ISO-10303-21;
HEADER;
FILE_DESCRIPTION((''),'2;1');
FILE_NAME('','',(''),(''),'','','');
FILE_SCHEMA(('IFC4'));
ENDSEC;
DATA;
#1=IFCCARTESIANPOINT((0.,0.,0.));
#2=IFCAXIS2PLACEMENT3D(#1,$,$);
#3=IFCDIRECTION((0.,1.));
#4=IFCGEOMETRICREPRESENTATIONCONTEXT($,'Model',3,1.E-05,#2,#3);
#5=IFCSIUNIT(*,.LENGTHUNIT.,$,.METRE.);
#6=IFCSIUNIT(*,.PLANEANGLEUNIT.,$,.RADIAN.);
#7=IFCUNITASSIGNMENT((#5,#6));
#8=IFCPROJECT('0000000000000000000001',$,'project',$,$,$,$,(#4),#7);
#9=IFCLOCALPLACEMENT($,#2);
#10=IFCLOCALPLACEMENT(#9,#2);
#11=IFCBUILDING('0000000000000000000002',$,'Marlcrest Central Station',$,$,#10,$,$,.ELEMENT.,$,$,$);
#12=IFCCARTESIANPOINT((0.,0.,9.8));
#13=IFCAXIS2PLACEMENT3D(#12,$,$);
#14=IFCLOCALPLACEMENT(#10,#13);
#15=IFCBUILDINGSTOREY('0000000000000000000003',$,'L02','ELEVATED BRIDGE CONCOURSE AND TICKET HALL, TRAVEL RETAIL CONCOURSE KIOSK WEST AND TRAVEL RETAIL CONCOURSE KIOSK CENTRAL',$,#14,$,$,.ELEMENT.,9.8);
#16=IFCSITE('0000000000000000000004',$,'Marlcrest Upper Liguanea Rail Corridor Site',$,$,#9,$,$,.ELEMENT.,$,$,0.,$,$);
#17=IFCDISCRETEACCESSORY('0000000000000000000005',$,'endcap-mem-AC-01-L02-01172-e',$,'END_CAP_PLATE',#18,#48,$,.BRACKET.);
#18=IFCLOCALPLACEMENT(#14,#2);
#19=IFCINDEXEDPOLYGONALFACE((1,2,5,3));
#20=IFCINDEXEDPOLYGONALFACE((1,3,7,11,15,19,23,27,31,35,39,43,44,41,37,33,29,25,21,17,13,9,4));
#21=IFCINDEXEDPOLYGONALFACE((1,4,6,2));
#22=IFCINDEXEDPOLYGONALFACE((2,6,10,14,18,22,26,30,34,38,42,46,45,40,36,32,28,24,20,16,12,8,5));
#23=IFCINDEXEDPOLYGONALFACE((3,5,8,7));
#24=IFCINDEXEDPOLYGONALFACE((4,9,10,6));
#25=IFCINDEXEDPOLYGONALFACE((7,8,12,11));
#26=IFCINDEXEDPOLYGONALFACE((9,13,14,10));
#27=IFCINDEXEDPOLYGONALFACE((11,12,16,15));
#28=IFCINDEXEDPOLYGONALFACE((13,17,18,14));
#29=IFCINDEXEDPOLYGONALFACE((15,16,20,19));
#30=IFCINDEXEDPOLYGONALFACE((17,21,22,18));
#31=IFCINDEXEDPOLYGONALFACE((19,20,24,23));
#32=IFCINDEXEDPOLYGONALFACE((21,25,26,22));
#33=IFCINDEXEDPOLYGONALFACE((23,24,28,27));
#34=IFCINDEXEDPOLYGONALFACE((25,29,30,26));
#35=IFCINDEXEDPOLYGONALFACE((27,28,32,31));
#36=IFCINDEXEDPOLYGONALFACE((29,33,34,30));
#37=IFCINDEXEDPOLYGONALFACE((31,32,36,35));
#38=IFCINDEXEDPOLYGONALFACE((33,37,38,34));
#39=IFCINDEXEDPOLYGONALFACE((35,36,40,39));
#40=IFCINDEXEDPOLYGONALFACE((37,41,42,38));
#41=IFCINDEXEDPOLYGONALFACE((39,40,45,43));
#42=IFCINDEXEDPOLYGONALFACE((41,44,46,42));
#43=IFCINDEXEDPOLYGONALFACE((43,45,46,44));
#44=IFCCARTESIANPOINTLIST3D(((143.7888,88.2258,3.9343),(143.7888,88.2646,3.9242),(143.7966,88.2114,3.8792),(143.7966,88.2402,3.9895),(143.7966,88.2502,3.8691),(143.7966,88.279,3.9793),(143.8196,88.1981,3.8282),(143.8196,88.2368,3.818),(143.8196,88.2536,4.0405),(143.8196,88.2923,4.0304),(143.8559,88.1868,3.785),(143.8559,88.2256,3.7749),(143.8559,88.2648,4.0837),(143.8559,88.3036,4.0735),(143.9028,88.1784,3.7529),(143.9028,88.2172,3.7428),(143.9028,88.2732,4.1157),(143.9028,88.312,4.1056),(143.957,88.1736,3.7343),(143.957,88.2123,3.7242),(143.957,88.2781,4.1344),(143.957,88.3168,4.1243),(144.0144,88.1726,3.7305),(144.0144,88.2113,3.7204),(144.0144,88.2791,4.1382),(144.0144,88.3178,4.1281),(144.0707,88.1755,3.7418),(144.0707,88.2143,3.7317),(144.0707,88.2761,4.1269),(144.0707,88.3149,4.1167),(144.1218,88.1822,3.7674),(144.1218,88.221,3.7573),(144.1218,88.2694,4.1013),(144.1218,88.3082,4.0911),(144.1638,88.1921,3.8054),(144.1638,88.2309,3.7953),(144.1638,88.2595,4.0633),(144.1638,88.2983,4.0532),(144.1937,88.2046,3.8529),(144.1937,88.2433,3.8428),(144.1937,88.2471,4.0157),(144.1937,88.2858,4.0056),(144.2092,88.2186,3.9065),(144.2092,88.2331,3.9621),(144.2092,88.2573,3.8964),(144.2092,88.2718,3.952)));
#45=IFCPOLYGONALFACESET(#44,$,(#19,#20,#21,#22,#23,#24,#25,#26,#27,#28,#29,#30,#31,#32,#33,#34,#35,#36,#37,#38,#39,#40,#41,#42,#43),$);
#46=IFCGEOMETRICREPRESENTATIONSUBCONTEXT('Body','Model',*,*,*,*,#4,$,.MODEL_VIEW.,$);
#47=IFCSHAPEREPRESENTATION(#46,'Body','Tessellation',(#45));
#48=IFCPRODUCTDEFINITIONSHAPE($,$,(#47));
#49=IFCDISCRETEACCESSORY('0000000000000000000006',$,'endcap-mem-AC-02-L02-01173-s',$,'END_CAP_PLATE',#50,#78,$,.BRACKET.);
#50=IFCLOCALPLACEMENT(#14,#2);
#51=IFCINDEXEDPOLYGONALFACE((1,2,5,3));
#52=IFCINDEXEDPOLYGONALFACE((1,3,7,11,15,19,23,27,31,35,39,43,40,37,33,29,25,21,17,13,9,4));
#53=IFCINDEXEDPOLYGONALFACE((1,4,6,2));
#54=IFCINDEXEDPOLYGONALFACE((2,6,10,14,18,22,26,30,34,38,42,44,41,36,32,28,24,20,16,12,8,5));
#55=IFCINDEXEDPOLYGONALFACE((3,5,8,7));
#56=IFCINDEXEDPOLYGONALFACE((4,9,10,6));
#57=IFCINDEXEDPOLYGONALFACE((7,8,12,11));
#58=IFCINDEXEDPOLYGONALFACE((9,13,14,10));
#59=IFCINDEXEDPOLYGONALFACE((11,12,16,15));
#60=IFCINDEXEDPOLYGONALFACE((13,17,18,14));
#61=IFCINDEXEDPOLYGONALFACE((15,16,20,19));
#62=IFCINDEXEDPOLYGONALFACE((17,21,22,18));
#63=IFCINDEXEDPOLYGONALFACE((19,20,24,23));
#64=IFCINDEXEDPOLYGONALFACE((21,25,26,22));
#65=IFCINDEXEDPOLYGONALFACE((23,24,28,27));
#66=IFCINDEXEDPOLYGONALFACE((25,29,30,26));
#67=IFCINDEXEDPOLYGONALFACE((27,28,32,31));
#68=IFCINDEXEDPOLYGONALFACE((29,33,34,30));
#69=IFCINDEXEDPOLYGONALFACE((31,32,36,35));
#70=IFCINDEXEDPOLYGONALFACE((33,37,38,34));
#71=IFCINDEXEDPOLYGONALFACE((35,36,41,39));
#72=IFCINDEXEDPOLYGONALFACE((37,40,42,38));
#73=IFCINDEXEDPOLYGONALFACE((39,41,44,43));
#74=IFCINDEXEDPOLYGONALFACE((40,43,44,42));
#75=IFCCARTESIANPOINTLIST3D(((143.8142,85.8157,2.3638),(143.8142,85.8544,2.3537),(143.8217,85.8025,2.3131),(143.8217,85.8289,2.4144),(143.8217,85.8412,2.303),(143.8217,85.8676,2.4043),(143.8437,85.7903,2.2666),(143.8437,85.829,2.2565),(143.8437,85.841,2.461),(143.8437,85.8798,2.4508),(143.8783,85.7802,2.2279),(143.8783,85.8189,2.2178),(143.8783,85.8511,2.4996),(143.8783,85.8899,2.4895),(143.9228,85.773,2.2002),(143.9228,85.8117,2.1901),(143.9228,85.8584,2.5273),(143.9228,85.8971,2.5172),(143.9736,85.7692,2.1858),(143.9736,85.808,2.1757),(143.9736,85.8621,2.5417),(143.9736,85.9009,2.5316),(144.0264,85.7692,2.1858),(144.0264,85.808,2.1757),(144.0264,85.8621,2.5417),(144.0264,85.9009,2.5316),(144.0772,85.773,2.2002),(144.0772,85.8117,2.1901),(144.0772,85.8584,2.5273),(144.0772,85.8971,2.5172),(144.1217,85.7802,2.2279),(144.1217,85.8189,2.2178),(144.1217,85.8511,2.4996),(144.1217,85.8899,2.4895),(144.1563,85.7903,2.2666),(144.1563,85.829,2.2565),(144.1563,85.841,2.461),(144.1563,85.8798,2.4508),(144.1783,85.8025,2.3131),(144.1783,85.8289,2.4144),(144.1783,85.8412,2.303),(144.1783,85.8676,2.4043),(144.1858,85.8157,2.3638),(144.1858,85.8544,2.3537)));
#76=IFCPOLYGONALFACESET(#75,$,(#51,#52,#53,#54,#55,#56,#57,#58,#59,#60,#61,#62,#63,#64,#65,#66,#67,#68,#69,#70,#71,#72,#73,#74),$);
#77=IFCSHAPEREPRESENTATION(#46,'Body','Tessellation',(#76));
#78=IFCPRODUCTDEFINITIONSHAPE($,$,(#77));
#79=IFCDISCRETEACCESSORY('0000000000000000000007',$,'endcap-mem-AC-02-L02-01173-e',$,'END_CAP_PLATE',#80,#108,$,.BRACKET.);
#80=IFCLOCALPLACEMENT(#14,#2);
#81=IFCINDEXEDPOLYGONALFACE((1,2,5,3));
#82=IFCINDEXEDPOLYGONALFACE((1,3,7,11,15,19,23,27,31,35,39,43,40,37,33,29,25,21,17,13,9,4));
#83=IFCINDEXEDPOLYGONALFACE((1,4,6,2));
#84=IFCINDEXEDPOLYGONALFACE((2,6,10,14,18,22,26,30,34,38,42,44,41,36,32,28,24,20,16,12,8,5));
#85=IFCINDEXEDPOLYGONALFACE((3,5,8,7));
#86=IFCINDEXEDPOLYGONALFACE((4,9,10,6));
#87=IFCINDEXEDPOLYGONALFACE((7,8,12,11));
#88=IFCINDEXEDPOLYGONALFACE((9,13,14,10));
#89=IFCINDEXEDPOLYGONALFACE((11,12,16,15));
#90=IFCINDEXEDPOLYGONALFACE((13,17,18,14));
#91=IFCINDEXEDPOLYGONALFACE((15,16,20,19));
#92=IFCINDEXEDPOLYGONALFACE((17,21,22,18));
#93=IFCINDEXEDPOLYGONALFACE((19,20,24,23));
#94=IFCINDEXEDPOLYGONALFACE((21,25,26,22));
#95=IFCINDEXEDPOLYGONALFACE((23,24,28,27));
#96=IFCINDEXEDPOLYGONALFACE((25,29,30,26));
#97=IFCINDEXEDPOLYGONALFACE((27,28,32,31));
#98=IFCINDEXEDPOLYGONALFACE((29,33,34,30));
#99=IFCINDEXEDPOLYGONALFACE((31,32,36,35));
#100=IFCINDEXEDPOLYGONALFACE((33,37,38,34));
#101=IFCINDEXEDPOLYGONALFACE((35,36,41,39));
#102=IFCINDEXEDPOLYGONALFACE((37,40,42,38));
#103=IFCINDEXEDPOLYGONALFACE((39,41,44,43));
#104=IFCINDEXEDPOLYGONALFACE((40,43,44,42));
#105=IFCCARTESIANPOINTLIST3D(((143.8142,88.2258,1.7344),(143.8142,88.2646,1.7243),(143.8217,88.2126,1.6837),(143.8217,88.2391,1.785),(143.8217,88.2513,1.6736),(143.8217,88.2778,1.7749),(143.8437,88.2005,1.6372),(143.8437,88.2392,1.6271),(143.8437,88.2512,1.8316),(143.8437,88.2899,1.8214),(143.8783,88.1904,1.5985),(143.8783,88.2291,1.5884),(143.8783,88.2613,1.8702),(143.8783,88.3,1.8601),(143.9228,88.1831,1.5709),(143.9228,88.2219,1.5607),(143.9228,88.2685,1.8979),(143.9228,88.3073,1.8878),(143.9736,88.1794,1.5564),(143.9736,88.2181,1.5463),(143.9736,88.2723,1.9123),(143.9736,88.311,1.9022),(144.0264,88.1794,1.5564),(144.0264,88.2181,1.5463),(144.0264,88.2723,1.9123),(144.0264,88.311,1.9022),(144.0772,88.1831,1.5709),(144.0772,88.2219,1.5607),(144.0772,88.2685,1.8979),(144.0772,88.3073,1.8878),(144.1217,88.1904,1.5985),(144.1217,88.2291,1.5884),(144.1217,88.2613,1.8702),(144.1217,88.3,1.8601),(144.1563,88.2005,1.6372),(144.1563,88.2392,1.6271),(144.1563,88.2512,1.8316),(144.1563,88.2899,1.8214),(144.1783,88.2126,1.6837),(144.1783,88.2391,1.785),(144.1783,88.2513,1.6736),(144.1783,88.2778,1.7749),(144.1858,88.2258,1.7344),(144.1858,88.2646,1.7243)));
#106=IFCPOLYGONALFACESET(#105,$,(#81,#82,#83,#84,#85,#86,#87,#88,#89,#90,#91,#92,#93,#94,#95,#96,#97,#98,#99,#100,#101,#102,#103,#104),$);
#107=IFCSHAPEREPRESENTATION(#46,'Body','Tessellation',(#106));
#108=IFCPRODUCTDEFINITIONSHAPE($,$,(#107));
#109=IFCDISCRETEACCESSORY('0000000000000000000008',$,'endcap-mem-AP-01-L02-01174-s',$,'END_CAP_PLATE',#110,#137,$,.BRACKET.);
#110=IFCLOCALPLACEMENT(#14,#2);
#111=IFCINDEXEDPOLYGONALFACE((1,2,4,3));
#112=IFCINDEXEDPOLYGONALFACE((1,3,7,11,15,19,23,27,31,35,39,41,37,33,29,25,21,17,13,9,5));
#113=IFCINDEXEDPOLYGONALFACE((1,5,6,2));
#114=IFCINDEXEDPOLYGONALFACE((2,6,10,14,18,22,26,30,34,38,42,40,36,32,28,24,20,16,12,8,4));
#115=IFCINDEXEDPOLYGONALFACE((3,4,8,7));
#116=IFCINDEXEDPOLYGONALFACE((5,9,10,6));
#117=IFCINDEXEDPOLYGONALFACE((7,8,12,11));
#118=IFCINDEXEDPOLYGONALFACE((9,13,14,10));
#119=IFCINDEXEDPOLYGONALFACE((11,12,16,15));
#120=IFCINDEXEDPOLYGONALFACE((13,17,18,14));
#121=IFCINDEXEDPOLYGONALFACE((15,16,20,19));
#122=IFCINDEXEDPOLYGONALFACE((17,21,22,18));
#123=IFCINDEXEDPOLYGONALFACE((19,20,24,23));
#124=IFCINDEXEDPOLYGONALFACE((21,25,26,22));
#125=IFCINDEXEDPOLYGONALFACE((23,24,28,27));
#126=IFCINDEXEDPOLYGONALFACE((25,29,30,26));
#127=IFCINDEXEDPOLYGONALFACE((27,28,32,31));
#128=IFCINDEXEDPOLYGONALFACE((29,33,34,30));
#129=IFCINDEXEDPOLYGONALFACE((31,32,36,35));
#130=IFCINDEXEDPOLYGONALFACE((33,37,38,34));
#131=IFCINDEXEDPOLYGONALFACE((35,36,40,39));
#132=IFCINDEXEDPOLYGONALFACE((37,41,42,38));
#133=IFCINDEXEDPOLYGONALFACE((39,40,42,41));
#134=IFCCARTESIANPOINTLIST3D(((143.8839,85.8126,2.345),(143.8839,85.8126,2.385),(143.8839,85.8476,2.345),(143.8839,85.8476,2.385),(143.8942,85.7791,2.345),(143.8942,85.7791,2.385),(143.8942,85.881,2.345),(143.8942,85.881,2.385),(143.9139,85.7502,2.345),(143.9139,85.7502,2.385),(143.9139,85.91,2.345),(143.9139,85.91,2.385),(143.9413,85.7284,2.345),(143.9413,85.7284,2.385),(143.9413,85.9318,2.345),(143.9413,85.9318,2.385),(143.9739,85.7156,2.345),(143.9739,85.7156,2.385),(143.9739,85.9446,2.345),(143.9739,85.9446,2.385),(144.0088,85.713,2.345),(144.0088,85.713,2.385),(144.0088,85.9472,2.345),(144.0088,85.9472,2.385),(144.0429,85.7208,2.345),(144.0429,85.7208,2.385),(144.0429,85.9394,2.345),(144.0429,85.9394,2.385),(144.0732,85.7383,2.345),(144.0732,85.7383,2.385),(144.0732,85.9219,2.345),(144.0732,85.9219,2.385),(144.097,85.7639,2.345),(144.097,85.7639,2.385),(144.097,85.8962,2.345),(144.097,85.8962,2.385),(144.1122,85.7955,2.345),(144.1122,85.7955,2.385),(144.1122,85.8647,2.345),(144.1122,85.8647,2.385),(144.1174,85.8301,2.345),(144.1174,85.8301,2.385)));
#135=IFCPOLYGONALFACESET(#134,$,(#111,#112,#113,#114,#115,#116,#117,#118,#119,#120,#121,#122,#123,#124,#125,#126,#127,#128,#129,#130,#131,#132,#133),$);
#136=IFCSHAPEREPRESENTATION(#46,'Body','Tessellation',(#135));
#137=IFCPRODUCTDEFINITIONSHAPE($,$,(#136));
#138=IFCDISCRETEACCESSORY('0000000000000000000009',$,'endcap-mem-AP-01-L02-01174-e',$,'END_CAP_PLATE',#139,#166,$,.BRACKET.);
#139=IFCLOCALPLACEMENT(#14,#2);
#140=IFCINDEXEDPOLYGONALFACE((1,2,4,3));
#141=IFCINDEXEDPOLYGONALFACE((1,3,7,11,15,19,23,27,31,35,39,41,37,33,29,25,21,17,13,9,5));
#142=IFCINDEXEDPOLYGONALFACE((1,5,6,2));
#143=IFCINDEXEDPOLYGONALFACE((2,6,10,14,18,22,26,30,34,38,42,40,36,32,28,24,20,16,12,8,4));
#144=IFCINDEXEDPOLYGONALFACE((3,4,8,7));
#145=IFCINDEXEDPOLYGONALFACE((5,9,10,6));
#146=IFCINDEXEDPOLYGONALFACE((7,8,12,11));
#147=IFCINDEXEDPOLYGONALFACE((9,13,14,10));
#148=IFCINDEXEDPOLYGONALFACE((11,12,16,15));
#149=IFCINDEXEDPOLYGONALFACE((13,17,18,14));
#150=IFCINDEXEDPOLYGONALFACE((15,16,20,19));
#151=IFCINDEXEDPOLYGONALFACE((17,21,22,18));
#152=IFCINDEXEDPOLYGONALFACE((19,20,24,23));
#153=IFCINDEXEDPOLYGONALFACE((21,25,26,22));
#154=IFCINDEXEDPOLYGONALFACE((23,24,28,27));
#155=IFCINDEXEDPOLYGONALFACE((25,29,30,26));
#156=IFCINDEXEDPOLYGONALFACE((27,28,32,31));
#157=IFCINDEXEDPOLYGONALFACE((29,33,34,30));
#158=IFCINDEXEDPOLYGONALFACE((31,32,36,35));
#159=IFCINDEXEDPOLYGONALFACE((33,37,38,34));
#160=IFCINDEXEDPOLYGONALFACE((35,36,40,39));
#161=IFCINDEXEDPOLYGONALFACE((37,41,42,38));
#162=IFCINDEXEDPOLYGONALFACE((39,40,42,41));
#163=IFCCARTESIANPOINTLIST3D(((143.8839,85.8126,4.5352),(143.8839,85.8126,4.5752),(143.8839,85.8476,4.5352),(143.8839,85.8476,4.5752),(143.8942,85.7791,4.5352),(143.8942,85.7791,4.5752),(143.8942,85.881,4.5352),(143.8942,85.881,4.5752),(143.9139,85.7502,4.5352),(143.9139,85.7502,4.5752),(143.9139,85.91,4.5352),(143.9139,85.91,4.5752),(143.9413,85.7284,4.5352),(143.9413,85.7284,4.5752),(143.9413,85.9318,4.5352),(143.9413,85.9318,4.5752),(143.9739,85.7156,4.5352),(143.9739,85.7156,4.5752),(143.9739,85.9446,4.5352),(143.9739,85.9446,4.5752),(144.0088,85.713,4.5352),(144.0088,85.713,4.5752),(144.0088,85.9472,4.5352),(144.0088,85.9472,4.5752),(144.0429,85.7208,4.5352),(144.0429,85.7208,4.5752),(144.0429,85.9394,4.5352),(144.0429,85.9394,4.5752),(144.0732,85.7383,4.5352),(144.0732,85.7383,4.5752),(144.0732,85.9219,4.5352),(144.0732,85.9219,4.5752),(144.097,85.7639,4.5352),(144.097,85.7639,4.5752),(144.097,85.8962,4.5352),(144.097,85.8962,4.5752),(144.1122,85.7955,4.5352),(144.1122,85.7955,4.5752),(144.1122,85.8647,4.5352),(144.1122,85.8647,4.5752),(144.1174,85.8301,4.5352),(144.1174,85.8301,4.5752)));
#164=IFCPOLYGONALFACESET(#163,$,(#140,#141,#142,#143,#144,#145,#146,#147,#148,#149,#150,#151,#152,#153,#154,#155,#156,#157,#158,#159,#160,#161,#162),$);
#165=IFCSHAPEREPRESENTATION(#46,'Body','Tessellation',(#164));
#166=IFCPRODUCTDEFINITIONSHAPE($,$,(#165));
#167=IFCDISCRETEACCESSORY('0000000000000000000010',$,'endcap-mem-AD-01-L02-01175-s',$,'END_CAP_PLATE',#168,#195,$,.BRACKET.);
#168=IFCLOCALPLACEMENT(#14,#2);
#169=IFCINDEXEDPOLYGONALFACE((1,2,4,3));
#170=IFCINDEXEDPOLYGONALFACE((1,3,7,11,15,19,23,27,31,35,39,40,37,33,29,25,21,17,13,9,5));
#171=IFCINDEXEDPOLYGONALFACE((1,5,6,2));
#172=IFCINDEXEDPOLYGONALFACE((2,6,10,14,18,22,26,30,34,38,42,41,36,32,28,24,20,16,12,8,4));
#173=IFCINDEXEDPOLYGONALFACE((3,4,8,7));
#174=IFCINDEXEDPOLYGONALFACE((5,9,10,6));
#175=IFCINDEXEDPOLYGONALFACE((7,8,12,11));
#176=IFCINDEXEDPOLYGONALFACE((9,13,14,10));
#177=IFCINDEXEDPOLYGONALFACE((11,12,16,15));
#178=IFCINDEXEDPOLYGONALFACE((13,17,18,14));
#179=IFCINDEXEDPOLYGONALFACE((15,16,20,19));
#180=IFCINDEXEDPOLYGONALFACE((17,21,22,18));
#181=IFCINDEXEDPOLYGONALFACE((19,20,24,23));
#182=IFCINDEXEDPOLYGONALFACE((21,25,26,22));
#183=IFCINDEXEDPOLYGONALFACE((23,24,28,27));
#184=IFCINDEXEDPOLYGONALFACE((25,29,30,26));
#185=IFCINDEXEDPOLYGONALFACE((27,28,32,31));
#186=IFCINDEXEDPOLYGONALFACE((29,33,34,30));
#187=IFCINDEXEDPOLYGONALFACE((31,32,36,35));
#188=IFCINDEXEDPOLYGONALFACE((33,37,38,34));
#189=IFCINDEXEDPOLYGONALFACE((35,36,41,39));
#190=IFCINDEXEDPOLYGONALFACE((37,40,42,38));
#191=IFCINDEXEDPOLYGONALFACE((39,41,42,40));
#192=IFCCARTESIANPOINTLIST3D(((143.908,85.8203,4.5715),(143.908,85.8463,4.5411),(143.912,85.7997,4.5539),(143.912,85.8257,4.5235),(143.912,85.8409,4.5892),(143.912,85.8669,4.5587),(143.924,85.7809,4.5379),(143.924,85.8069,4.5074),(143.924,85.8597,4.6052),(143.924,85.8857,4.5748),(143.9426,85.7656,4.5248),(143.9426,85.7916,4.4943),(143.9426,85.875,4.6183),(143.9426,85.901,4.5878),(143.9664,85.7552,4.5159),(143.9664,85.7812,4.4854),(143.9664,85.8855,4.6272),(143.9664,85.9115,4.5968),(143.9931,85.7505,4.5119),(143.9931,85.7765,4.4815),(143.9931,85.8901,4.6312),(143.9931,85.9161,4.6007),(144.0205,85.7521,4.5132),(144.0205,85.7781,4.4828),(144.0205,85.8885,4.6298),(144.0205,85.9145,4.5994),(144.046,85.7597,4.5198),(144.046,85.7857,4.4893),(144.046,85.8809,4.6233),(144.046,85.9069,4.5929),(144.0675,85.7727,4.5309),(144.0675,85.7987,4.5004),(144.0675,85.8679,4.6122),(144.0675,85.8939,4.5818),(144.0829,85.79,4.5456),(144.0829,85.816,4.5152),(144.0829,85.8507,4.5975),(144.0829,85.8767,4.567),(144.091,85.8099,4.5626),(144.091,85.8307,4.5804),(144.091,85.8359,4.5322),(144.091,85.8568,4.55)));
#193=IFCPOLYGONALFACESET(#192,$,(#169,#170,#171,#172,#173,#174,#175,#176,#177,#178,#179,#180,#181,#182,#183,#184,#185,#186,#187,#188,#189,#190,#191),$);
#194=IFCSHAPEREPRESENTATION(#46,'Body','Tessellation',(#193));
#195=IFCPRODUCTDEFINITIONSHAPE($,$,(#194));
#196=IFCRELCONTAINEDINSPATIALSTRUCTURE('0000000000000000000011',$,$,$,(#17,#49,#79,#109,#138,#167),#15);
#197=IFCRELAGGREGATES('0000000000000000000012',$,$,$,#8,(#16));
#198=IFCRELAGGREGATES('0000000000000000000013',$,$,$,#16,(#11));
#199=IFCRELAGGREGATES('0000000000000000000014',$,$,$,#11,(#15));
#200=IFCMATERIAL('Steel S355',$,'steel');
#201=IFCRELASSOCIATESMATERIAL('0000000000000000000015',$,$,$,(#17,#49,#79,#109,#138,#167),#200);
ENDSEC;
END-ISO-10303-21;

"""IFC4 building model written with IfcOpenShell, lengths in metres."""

from ifc_helpers import new_model, si_unit, direction, frame, origin, origin_2d, place, context, subcontext, project, spatial, circle, extrude, material, element, save


model = new_model("IFC4")

# Units and contexts
model_context = context("Model", 3, precision=1e-05, world=origin(), true_north=direction((0.0, 1.0)))
body_context = subcontext(model_context, "Body", "Model", "MODEL_VIEW")
ifc_project = project(units=[si_unit("LENGTHUNIT", "METRE"), si_unit("PLANEANGLEUNIT", "RADIAN")], contexts=[model_context])

# Site, building, storey
site_placement = place(None, origin())
site = spatial("IfcSite", under=ifc_project, at=site_placement, Name="Marlcrest Upper Liguanea Rail Corridor Site", CompositionType="ELEMENT", RefElevation=0.0)
building_placement = place(site_placement, origin())
building = spatial("IfcBuilding", under=site, at=building_placement, Name="Marlcrest Central Station", CompositionType="ELEMENT")
storey_placement = place(building_placement, frame((0.0, 0.0, 9.8)))
storey = spatial("IfcBuildingStorey", under=building, at=storey_placement, Name="L02", Description="ELEVATED BRIDGE CONCOURSE AND TICKET HALL, TRAVEL RETAIL CONCOURSE KIOSK WEST AND TRAVEL RETAIL CONCOURSE KIOSK CENTRAL", CompositionType="ELEMENT", Elevation=9.8)

# Shared definitions
ifc_material_1 = material(Name="Steel S355", Category="steel")

# Discrete accessories
for number, where, z_axis, x_axis, name in (
    (1, (144.0, 88.2258, 3.9343), (0.0, 0.967539, -0.25272), (-1.0, 0.0, 0.0), "endcap-mem-AC-01-L02-01172-e"),
):
    element("IfcDiscreteAccessory", number, at=place(storey_placement, frame(where, z_axis=z_axis, x_axis=x_axis)), inside=storey, material=ifc_material_1, Name=name, ObjectType="END_CAP_PLATE", PredefinedType="BRACKET", context=body_context, shape_type="SweptSolid", body=[
        extrude(circle(Radius=0.2112, at=origin_2d()), origin(), (0.0, 0.0, 1.0), 0.04),
    ])
for number, where, z_axis, x_axis, name in (
    (2, (144.0, 85.8157, 2.3638), (0.0, 0.967563, -0.252629), (-1.0, 0.0, 0.0), "endcap-mem-AC-02-L02-01173-s"),
    (3, (144.0, 88.2258, 1.7344), (0.0, 0.967563, -0.252629), (-1.0, 0.0, 0.0), "endcap-mem-AC-02-L02-01173-e"),
):
    element("IfcDiscreteAccessory", number, at=place(storey_placement, frame(where, z_axis=z_axis, x_axis=x_axis)), inside=storey, material=ifc_material_1, Name=name, ObjectType="END_CAP_PLATE", PredefinedType="BRACKET", context=body_context, shape_type="SweptSolid", body=[
        extrude(circle(Radius=0.1858, at=origin_2d()), origin(), (0.0, 0.0, 1.0), 0.04),
    ])
for number, where, z_axis, x_axis, name in (
    (4, (144.0, 85.8301, 2.345), (0.0, 0.0, 1.0), (1.0, 0.0, 0.0), "endcap-mem-AP-01-L02-01174-s"),
    (5, (144.0, 85.8301, 4.5352), (0.0, 0.0, 1.0), (1.0, 0.0, 0.0), "endcap-mem-AP-01-L02-01174-e"),
):
    element("IfcDiscreteAccessory", number, at=place(storey_placement, frame(where, z_axis=z_axis, x_axis=x_axis)), inside=storey, material=ifc_material_1, Name=name, ObjectType="END_CAP_PLATE", PredefinedType="BRACKET", context=body_context, shape_type="SweptSolid", body=[
        extrude(circle(Radius=0.1174, at=origin_2d()), origin(), (0.0, 0.0, 1.0), 0.04),
    ])
for number, where, z_axis, x_axis, name in (
    (6, (144.0, 85.8203, 4.5715), (0.0, 0.649625, -0.760255), (-1.0, 0.0, 0.0), "endcap-mem-AD-01-L02-01175-s"),
):
    element("IfcDiscreteAccessory", number, at=place(storey_placement, frame(where, z_axis=z_axis, x_axis=x_axis)), inside=storey, material=ifc_material_1, Name=name, ObjectType="END_CAP_PLATE", PredefinedType="BRACKET", context=body_context, shape_type="SweptSolid", body=[
        extrude(circle(Radius=0.092, at=origin_2d()), origin(), (0.0, 0.0, 1.0), 0.04),
    ])

save(model, "model.ifc")
